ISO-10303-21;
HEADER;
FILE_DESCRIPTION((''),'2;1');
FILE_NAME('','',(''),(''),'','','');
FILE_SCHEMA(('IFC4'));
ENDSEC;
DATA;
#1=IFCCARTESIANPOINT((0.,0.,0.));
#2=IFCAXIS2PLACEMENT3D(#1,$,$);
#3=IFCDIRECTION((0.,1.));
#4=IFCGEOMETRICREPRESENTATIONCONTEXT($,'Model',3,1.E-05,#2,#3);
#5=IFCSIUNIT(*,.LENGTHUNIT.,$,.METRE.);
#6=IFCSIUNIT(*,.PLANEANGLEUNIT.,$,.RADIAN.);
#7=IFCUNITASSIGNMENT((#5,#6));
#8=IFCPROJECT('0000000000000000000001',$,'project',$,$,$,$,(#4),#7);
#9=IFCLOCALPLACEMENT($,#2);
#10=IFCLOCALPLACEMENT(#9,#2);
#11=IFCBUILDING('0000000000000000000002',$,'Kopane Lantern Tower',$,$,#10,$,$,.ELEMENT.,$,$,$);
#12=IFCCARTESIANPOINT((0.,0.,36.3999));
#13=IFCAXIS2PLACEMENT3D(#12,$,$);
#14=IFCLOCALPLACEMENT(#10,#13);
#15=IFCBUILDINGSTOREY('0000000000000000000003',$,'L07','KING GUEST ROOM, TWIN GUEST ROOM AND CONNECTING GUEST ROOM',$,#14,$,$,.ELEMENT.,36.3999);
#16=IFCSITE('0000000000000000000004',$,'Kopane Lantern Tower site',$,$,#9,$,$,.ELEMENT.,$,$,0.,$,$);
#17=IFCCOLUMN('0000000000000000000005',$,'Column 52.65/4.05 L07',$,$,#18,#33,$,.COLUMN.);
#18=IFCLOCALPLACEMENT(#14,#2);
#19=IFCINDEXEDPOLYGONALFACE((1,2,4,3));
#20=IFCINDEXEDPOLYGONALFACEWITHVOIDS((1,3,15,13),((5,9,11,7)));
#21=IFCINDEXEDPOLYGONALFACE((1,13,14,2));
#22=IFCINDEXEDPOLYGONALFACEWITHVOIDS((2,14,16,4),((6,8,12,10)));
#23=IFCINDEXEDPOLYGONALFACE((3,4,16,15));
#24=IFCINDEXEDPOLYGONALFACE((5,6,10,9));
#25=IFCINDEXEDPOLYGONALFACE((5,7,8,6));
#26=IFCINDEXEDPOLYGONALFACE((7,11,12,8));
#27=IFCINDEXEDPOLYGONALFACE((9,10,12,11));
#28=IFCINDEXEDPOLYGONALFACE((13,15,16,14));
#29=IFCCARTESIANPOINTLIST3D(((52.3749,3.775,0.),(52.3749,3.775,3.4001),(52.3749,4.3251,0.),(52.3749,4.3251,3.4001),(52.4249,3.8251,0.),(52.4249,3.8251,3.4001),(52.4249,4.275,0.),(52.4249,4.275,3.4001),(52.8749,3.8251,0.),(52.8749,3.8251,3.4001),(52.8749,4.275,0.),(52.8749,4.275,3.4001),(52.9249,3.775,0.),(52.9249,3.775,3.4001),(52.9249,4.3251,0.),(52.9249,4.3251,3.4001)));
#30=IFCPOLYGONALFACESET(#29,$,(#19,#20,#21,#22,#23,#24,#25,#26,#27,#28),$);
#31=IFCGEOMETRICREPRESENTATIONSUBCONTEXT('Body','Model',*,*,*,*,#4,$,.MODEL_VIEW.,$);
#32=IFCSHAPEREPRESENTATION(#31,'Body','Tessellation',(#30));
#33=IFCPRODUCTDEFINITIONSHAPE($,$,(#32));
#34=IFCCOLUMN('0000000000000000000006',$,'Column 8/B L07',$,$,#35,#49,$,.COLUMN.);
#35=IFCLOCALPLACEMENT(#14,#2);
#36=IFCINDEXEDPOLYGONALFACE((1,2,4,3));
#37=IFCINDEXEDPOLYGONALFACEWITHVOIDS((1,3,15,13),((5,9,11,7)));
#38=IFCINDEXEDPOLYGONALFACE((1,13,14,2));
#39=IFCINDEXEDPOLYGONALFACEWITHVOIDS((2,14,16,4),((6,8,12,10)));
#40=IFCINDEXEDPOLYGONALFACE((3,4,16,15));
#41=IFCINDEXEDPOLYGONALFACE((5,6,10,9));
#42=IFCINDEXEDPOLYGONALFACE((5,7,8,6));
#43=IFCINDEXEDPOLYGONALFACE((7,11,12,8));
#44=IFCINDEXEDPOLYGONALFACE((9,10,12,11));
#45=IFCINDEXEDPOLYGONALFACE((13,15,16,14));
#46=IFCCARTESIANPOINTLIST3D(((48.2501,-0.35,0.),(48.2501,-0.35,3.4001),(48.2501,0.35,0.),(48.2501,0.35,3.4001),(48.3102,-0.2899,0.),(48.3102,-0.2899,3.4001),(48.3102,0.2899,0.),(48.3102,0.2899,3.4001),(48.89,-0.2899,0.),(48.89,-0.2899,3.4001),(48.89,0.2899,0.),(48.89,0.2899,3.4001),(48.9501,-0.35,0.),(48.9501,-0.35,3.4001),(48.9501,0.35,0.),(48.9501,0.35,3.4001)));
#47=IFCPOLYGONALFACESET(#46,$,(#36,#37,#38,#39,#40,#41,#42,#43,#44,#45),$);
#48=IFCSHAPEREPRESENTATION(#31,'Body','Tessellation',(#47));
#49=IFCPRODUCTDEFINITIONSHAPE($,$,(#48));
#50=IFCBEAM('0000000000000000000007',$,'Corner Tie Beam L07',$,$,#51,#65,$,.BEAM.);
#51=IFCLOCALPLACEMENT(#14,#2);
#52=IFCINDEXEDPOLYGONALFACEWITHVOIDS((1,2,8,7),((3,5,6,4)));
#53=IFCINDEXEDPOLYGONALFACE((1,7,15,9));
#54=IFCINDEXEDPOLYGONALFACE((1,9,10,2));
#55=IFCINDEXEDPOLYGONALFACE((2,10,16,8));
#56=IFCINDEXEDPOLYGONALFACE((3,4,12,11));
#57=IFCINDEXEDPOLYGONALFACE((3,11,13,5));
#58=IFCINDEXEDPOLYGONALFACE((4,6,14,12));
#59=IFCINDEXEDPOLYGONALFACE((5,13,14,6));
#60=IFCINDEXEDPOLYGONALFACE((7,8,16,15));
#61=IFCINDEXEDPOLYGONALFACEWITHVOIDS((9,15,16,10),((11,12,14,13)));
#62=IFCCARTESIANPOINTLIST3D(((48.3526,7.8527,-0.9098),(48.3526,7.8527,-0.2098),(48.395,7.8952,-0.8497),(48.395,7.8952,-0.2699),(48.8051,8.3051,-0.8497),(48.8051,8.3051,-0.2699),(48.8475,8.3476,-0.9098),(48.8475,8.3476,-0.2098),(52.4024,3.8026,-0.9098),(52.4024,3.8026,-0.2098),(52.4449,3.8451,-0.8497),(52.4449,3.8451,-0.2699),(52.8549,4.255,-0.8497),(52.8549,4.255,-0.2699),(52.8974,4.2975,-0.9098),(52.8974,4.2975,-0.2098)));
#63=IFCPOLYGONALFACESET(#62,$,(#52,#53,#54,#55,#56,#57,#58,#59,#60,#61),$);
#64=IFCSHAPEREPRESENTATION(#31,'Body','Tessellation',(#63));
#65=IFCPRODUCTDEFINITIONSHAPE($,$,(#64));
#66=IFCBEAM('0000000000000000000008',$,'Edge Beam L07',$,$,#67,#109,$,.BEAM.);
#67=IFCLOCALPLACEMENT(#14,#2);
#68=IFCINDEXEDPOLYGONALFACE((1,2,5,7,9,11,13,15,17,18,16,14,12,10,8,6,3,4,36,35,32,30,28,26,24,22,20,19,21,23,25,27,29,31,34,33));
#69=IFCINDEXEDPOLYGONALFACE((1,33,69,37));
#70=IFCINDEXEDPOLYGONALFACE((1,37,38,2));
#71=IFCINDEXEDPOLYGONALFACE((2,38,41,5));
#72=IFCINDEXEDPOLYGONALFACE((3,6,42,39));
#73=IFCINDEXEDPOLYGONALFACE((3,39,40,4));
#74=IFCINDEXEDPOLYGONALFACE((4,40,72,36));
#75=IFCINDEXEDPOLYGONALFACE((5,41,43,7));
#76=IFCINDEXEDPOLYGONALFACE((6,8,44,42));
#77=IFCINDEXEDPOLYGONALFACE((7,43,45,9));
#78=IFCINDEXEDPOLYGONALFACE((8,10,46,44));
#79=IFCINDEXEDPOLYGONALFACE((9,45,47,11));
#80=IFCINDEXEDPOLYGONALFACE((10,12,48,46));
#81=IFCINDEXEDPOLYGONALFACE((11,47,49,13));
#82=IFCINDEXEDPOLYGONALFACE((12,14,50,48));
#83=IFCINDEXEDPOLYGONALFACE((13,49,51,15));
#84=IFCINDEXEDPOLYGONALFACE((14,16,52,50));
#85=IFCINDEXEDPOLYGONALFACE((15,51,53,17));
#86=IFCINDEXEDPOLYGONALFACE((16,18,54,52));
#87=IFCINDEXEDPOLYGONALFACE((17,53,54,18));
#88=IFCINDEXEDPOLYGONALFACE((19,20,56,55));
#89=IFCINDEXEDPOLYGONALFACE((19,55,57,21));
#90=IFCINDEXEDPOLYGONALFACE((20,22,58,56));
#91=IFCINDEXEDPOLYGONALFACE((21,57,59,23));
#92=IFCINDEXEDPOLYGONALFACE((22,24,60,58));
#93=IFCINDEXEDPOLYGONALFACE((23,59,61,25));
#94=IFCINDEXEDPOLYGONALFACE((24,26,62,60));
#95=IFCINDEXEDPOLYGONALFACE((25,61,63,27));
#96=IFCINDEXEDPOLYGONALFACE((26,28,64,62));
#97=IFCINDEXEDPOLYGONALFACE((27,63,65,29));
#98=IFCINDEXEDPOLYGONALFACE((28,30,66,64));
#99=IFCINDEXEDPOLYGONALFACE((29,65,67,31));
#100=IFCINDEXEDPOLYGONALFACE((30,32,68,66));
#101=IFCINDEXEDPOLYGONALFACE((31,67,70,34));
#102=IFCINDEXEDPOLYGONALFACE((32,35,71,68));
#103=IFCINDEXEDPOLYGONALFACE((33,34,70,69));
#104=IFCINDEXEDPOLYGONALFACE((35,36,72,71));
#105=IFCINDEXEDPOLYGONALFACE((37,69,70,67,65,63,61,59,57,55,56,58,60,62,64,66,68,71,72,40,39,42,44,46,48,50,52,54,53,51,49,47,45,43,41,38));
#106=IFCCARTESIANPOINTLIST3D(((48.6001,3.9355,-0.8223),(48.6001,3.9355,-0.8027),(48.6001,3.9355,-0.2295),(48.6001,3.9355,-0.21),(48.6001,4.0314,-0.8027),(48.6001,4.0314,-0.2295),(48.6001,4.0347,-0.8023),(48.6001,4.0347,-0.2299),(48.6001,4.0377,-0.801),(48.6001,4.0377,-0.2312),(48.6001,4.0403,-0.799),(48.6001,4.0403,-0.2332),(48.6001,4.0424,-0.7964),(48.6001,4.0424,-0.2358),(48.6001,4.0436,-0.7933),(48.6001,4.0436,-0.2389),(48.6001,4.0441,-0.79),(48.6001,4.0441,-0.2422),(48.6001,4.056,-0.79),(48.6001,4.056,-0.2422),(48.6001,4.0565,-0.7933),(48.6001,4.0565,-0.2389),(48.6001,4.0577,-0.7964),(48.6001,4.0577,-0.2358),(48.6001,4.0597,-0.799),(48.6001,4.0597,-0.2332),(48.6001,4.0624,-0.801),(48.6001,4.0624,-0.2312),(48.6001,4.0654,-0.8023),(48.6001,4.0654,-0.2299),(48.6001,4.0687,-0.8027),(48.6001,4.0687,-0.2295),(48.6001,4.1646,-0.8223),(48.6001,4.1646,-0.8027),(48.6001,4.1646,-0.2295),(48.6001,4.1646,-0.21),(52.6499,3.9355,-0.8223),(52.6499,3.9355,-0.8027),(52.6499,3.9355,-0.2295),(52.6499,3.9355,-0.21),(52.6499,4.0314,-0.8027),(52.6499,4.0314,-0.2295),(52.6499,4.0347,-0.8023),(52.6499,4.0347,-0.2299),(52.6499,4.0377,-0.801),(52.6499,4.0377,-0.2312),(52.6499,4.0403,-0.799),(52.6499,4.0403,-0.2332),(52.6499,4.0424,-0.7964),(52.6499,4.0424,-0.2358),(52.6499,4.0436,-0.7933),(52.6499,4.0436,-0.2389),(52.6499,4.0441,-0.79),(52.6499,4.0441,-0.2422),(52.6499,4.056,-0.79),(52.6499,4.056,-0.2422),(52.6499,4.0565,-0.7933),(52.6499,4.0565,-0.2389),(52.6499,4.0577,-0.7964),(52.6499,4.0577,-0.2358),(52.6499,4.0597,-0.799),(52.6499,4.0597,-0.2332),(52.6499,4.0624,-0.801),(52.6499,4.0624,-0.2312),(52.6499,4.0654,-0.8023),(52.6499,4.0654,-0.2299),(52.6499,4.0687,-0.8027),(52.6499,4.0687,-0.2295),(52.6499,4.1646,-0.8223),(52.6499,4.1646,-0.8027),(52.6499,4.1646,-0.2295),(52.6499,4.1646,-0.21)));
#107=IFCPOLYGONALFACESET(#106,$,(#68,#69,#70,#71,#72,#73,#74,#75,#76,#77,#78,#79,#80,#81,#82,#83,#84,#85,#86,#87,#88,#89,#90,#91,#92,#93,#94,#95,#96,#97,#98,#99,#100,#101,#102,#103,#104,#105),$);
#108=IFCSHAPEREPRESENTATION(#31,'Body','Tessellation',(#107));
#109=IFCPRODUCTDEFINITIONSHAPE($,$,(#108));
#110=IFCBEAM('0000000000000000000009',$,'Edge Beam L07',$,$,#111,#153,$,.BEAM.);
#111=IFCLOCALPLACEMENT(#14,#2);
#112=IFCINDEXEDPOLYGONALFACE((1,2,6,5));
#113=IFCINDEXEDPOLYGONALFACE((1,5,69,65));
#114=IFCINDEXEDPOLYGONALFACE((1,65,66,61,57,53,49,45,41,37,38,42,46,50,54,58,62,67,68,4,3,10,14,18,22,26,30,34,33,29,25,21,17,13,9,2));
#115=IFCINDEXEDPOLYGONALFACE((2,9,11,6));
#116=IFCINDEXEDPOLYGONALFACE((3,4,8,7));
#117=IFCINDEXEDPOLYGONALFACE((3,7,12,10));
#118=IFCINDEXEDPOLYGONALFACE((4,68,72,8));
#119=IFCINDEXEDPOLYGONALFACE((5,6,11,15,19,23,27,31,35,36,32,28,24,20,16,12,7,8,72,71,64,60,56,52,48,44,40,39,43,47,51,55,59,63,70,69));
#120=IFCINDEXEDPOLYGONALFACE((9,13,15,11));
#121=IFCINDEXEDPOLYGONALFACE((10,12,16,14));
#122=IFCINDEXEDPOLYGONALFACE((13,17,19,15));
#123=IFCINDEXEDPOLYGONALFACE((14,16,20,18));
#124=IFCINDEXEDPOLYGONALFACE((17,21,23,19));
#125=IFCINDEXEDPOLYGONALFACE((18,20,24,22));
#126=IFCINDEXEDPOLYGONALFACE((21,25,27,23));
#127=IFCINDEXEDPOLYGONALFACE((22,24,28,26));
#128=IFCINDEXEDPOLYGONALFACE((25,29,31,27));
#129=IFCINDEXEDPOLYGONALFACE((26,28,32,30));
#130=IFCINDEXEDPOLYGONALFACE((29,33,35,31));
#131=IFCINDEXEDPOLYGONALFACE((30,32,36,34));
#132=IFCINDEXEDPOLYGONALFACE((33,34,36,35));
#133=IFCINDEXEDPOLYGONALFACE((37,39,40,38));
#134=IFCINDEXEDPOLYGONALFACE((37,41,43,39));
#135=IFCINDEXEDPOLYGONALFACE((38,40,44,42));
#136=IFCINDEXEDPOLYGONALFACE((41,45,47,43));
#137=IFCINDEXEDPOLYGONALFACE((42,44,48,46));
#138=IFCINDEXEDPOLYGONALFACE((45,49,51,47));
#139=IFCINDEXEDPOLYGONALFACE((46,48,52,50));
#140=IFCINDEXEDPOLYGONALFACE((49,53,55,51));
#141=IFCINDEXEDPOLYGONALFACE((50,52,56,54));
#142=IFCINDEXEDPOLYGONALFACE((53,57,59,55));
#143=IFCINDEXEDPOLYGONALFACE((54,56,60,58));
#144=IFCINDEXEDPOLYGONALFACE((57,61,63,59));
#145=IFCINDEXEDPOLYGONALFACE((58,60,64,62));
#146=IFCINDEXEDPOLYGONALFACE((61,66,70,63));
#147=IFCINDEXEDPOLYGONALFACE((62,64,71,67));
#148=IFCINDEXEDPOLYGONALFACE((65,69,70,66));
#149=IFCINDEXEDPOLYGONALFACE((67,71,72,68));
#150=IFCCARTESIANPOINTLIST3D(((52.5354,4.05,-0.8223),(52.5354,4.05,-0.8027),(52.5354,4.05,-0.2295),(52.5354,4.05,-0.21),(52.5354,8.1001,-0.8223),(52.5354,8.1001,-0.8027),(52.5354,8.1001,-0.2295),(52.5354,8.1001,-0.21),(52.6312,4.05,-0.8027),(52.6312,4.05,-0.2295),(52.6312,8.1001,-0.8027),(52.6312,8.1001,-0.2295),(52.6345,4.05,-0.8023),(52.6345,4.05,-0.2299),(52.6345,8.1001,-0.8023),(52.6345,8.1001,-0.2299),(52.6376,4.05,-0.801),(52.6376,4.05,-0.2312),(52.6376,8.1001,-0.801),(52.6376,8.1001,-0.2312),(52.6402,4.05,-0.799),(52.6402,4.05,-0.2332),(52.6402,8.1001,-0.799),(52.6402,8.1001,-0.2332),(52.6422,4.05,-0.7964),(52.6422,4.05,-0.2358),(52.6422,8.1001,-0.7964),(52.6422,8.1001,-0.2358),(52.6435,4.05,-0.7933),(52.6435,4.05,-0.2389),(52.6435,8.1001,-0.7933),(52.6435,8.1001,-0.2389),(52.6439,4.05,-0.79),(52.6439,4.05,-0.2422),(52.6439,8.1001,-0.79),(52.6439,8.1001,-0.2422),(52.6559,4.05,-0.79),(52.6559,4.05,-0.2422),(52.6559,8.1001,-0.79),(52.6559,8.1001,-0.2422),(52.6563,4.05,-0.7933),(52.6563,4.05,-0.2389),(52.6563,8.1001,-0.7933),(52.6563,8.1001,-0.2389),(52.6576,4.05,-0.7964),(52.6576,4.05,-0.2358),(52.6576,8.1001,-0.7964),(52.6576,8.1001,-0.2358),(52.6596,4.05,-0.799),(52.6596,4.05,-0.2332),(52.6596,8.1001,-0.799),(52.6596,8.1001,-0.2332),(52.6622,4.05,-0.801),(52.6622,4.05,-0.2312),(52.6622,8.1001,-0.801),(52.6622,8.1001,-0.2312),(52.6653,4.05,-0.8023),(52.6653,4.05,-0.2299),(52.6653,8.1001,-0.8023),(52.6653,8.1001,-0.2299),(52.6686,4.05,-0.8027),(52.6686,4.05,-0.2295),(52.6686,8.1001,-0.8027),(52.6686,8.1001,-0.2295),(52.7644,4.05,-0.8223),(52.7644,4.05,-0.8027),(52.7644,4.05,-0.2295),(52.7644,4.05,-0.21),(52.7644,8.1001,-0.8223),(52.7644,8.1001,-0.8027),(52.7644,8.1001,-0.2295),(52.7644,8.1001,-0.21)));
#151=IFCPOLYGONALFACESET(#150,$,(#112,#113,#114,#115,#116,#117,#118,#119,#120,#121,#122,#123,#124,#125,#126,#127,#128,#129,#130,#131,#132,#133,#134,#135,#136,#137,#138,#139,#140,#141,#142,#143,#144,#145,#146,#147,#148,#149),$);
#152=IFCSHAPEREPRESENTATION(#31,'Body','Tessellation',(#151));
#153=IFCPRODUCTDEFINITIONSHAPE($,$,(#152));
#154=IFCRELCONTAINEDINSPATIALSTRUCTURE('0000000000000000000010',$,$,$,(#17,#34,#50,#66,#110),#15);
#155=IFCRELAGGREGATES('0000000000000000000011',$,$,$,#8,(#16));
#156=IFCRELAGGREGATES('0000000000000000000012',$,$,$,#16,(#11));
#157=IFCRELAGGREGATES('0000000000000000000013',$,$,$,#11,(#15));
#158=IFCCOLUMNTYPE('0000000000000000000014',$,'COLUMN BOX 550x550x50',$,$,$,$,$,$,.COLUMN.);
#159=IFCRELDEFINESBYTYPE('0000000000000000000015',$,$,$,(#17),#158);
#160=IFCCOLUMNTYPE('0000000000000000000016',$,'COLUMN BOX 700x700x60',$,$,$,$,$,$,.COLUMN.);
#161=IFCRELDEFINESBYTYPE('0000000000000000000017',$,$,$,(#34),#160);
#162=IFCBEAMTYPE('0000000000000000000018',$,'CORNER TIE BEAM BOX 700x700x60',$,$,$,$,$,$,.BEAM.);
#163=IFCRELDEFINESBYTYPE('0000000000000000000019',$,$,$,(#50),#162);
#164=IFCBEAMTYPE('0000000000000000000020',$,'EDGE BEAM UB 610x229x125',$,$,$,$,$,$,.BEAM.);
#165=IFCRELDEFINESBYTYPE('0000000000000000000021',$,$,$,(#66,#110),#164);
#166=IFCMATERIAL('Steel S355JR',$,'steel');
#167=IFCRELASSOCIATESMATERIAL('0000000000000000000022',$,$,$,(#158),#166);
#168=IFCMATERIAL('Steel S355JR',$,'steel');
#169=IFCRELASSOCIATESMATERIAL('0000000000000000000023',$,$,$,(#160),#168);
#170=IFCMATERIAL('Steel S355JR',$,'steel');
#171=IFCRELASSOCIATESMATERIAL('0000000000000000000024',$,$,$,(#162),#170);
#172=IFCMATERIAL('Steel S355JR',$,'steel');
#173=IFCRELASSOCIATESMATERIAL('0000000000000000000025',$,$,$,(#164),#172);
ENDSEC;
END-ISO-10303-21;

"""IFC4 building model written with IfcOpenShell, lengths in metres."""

from ifc_helpers import new_model, si_unit, direction, frame, origin, origin_2d, place, context, subcontext, project, spatial, hollow_rectangle, i_section, extrude, material, material_profile, profile_set, type_object, element, save


model = new_model("IFC4")

# Units and contexts
model_context = context("Model", 3, precision=1e-05, world=origin(), true_north=direction((0.0, 1.0)))
body_context = subcontext(model_context, "Body", "Model", "MODEL_VIEW")
ifc_project = project(units=[si_unit("LENGTHUNIT", "METRE"), si_unit("PLANEANGLEUNIT", "RADIAN")], contexts=[model_context])

# Site, building, storey
site_placement = place(None, origin())
site = spatial("IfcSite", under=ifc_project, at=site_placement, Name="Kopane Lantern Tower site", CompositionType="ELEMENT", RefElevation=0.0)
building_placement = place(site_placement, origin())
building = spatial("IfcBuilding", under=site, at=building_placement, Name="Kopane Lantern Tower", CompositionType="ELEMENT")
storey_placement = place(building_placement, frame((0.0, 0.0, 36.3999)))
storey = spatial("IfcBuildingStorey", under=building, at=storey_placement, Name="L07", Description="KING GUEST ROOM, TWIN GUEST ROOM AND CONNECTING GUEST ROOM", CompositionType="ELEMENT", Elevation=36.3999)

# Columns
ifc_material_1 = material(Name="Steel S355JR", Category="steel")
ifc_material_profile_1 = material_profile(ifc_material_1, hollow_rectangle(XDim=0.55, YDim=0.55, WallThickness=0.05, at=origin_2d()), Name="BOX 550x550x50")
ifc_profile_set_1 = profile_set([ifc_material_profile_1], Name="Steel S355JR")
column_type_1 = type_object("IfcColumnType", Name="COLUMN BOX 550x550x50", PredefinedType="COLUMN", material=ifc_profile_set_1)
column_1_placement = place(storey_placement, frame((52.6499, 4.05, 0.0), z_axis=(0.0, 0.0, 1.0), x_axis=(1.0, 0.0, 0.0)))
element("IfcColumn", 1, at=column_1_placement, inside=storey, type_object=column_type_1, Name="Column 52.65/4.05 L07", PredefinedType="COLUMN", context=body_context, shape_type="SweptSolid", body=[
    extrude(hollow_rectangle(XDim=0.55, YDim=0.55, WallThickness=0.05, at=origin_2d()), origin(), (0.0, 0.0, 1.0), 3.4001),
])
ifc_material_2 = material(Name="Steel S355JR", Category="steel")
ifc_material_profile_2 = material_profile(ifc_material_2, hollow_rectangle(XDim=0.7, YDim=0.7, WallThickness=0.0601, at=origin_2d()), Name="BOX 700x700x60")
ifc_profile_set_2 = profile_set([ifc_material_profile_2], Name="Steel S355JR")
column_type_2 = type_object("IfcColumnType", Name="COLUMN BOX 700x700x60", PredefinedType="COLUMN", material=ifc_profile_set_2)
column_2_placement = place(storey_placement, frame((48.6001, 0.0, 0.0), z_axis=(0.0, 0.0, 1.0), x_axis=(1.0, 0.0, 0.0)))
element("IfcColumn", 2, at=column_2_placement, inside=storey, type_object=column_type_2, Name="Column 8/B L07", PredefinedType="COLUMN", context=body_context, shape_type="SweptSolid", body=[
    extrude(hollow_rectangle(XDim=0.7, YDim=0.7, WallThickness=0.0601, at=origin_2d()), origin(), (0.0, 0.0, 1.0), 3.4001),
])

# Beams
ifc_material_3 = material(Name="Steel S355JR", Category="steel")
ifc_material_profile_3 = material_profile(ifc_material_3, hollow_rectangle(XDim=0.7, YDim=0.7, WallThickness=0.0601, at=origin_2d()), Name="BOX 700x700x60")
ifc_profile_set_3 = profile_set([ifc_material_profile_3], Name="Steel S355JR")
beam_type_1 = type_object("IfcBeamType", Name="CORNER TIE BEAM BOX 700x700x60", PredefinedType="BEAM", material=ifc_profile_set_3)
beam_1_placement = place(storey_placement, frame((52.6499, 4.05, -0.5598), z_axis=(-0.707085, 0.707128, 0.0), x_axis=(-0.707128, -0.707085, 0.0)))
element("IfcBeam", 3, at=beam_1_placement, inside=storey, type_object=beam_type_1, Name="Corner Tie Beam L07", PredefinedType="BEAM", context=body_context, shape_type="SweptSolid", body=[
    extrude(hollow_rectangle(XDim=0.7, YDim=0.7, WallThickness=0.0601, at=origin_2d()), origin(), (0.0, 0.0, 1.0), 5.7275),
])
ifc_material_4 = material(Name="Steel S355JR", Category="steel")
ifc_material_profile_4 = material_profile(ifc_material_4, i_section(OverallWidth=0.229, OverallDepth=0.6123, WebThickness=0.012, FlangeThickness=0.0195, FilletRadius=0.0127, at=origin_2d()), Name="UB 610x229x125")
ifc_profile_set_4 = profile_set([ifc_material_profile_4], Name="Steel S355JR")
beam_type_2 = type_object("IfcBeamType", Name="EDGE BEAM UB 610x229x125", PredefinedType="BEAM", material=ifc_profile_set_4)
beam_2_placement = place(storey_placement, frame((52.6499, 4.05, -0.5161), z_axis=(-1.0, 0.0, 0.0), x_axis=(0.0, -1.0, 0.0)))
element("IfcBeam", 4, at=beam_2_placement, inside=storey, type_object=beam_type_2, Name="Edge Beam L07", PredefinedType="BEAM", context=body_context, shape_type="SweptSolid", body=[
    extrude(i_section(OverallWidth=0.229, OverallDepth=0.6123, WebThickness=0.012, FlangeThickness=0.0195, FilletRadius=0.0127, at=origin_2d()), origin(), (0.0, 0.0, 1.0), 4.0498),
])
beam_3_placement = place(storey_placement, frame((52.6499, 4.05, -0.5161), z_axis=(0.0, 1.0, 0.0), x_axis=(-1.0, 0.0, 0.0)))
element("IfcBeam", 5, at=beam_3_placement, inside=storey, type_object=beam_type_2, Name="Edge Beam L07", PredefinedType="BEAM", context=body_context, shape_type="SweptSolid", body=[
    extrude(i_section(OverallWidth=0.229, OverallDepth=0.6123, WebThickness=0.012, FlangeThickness=0.0195, FilletRadius=0.0127, at=origin_2d()), origin(), (0.0, 0.0, 1.0), 4.05),
])

save(model, "model.ifc")
